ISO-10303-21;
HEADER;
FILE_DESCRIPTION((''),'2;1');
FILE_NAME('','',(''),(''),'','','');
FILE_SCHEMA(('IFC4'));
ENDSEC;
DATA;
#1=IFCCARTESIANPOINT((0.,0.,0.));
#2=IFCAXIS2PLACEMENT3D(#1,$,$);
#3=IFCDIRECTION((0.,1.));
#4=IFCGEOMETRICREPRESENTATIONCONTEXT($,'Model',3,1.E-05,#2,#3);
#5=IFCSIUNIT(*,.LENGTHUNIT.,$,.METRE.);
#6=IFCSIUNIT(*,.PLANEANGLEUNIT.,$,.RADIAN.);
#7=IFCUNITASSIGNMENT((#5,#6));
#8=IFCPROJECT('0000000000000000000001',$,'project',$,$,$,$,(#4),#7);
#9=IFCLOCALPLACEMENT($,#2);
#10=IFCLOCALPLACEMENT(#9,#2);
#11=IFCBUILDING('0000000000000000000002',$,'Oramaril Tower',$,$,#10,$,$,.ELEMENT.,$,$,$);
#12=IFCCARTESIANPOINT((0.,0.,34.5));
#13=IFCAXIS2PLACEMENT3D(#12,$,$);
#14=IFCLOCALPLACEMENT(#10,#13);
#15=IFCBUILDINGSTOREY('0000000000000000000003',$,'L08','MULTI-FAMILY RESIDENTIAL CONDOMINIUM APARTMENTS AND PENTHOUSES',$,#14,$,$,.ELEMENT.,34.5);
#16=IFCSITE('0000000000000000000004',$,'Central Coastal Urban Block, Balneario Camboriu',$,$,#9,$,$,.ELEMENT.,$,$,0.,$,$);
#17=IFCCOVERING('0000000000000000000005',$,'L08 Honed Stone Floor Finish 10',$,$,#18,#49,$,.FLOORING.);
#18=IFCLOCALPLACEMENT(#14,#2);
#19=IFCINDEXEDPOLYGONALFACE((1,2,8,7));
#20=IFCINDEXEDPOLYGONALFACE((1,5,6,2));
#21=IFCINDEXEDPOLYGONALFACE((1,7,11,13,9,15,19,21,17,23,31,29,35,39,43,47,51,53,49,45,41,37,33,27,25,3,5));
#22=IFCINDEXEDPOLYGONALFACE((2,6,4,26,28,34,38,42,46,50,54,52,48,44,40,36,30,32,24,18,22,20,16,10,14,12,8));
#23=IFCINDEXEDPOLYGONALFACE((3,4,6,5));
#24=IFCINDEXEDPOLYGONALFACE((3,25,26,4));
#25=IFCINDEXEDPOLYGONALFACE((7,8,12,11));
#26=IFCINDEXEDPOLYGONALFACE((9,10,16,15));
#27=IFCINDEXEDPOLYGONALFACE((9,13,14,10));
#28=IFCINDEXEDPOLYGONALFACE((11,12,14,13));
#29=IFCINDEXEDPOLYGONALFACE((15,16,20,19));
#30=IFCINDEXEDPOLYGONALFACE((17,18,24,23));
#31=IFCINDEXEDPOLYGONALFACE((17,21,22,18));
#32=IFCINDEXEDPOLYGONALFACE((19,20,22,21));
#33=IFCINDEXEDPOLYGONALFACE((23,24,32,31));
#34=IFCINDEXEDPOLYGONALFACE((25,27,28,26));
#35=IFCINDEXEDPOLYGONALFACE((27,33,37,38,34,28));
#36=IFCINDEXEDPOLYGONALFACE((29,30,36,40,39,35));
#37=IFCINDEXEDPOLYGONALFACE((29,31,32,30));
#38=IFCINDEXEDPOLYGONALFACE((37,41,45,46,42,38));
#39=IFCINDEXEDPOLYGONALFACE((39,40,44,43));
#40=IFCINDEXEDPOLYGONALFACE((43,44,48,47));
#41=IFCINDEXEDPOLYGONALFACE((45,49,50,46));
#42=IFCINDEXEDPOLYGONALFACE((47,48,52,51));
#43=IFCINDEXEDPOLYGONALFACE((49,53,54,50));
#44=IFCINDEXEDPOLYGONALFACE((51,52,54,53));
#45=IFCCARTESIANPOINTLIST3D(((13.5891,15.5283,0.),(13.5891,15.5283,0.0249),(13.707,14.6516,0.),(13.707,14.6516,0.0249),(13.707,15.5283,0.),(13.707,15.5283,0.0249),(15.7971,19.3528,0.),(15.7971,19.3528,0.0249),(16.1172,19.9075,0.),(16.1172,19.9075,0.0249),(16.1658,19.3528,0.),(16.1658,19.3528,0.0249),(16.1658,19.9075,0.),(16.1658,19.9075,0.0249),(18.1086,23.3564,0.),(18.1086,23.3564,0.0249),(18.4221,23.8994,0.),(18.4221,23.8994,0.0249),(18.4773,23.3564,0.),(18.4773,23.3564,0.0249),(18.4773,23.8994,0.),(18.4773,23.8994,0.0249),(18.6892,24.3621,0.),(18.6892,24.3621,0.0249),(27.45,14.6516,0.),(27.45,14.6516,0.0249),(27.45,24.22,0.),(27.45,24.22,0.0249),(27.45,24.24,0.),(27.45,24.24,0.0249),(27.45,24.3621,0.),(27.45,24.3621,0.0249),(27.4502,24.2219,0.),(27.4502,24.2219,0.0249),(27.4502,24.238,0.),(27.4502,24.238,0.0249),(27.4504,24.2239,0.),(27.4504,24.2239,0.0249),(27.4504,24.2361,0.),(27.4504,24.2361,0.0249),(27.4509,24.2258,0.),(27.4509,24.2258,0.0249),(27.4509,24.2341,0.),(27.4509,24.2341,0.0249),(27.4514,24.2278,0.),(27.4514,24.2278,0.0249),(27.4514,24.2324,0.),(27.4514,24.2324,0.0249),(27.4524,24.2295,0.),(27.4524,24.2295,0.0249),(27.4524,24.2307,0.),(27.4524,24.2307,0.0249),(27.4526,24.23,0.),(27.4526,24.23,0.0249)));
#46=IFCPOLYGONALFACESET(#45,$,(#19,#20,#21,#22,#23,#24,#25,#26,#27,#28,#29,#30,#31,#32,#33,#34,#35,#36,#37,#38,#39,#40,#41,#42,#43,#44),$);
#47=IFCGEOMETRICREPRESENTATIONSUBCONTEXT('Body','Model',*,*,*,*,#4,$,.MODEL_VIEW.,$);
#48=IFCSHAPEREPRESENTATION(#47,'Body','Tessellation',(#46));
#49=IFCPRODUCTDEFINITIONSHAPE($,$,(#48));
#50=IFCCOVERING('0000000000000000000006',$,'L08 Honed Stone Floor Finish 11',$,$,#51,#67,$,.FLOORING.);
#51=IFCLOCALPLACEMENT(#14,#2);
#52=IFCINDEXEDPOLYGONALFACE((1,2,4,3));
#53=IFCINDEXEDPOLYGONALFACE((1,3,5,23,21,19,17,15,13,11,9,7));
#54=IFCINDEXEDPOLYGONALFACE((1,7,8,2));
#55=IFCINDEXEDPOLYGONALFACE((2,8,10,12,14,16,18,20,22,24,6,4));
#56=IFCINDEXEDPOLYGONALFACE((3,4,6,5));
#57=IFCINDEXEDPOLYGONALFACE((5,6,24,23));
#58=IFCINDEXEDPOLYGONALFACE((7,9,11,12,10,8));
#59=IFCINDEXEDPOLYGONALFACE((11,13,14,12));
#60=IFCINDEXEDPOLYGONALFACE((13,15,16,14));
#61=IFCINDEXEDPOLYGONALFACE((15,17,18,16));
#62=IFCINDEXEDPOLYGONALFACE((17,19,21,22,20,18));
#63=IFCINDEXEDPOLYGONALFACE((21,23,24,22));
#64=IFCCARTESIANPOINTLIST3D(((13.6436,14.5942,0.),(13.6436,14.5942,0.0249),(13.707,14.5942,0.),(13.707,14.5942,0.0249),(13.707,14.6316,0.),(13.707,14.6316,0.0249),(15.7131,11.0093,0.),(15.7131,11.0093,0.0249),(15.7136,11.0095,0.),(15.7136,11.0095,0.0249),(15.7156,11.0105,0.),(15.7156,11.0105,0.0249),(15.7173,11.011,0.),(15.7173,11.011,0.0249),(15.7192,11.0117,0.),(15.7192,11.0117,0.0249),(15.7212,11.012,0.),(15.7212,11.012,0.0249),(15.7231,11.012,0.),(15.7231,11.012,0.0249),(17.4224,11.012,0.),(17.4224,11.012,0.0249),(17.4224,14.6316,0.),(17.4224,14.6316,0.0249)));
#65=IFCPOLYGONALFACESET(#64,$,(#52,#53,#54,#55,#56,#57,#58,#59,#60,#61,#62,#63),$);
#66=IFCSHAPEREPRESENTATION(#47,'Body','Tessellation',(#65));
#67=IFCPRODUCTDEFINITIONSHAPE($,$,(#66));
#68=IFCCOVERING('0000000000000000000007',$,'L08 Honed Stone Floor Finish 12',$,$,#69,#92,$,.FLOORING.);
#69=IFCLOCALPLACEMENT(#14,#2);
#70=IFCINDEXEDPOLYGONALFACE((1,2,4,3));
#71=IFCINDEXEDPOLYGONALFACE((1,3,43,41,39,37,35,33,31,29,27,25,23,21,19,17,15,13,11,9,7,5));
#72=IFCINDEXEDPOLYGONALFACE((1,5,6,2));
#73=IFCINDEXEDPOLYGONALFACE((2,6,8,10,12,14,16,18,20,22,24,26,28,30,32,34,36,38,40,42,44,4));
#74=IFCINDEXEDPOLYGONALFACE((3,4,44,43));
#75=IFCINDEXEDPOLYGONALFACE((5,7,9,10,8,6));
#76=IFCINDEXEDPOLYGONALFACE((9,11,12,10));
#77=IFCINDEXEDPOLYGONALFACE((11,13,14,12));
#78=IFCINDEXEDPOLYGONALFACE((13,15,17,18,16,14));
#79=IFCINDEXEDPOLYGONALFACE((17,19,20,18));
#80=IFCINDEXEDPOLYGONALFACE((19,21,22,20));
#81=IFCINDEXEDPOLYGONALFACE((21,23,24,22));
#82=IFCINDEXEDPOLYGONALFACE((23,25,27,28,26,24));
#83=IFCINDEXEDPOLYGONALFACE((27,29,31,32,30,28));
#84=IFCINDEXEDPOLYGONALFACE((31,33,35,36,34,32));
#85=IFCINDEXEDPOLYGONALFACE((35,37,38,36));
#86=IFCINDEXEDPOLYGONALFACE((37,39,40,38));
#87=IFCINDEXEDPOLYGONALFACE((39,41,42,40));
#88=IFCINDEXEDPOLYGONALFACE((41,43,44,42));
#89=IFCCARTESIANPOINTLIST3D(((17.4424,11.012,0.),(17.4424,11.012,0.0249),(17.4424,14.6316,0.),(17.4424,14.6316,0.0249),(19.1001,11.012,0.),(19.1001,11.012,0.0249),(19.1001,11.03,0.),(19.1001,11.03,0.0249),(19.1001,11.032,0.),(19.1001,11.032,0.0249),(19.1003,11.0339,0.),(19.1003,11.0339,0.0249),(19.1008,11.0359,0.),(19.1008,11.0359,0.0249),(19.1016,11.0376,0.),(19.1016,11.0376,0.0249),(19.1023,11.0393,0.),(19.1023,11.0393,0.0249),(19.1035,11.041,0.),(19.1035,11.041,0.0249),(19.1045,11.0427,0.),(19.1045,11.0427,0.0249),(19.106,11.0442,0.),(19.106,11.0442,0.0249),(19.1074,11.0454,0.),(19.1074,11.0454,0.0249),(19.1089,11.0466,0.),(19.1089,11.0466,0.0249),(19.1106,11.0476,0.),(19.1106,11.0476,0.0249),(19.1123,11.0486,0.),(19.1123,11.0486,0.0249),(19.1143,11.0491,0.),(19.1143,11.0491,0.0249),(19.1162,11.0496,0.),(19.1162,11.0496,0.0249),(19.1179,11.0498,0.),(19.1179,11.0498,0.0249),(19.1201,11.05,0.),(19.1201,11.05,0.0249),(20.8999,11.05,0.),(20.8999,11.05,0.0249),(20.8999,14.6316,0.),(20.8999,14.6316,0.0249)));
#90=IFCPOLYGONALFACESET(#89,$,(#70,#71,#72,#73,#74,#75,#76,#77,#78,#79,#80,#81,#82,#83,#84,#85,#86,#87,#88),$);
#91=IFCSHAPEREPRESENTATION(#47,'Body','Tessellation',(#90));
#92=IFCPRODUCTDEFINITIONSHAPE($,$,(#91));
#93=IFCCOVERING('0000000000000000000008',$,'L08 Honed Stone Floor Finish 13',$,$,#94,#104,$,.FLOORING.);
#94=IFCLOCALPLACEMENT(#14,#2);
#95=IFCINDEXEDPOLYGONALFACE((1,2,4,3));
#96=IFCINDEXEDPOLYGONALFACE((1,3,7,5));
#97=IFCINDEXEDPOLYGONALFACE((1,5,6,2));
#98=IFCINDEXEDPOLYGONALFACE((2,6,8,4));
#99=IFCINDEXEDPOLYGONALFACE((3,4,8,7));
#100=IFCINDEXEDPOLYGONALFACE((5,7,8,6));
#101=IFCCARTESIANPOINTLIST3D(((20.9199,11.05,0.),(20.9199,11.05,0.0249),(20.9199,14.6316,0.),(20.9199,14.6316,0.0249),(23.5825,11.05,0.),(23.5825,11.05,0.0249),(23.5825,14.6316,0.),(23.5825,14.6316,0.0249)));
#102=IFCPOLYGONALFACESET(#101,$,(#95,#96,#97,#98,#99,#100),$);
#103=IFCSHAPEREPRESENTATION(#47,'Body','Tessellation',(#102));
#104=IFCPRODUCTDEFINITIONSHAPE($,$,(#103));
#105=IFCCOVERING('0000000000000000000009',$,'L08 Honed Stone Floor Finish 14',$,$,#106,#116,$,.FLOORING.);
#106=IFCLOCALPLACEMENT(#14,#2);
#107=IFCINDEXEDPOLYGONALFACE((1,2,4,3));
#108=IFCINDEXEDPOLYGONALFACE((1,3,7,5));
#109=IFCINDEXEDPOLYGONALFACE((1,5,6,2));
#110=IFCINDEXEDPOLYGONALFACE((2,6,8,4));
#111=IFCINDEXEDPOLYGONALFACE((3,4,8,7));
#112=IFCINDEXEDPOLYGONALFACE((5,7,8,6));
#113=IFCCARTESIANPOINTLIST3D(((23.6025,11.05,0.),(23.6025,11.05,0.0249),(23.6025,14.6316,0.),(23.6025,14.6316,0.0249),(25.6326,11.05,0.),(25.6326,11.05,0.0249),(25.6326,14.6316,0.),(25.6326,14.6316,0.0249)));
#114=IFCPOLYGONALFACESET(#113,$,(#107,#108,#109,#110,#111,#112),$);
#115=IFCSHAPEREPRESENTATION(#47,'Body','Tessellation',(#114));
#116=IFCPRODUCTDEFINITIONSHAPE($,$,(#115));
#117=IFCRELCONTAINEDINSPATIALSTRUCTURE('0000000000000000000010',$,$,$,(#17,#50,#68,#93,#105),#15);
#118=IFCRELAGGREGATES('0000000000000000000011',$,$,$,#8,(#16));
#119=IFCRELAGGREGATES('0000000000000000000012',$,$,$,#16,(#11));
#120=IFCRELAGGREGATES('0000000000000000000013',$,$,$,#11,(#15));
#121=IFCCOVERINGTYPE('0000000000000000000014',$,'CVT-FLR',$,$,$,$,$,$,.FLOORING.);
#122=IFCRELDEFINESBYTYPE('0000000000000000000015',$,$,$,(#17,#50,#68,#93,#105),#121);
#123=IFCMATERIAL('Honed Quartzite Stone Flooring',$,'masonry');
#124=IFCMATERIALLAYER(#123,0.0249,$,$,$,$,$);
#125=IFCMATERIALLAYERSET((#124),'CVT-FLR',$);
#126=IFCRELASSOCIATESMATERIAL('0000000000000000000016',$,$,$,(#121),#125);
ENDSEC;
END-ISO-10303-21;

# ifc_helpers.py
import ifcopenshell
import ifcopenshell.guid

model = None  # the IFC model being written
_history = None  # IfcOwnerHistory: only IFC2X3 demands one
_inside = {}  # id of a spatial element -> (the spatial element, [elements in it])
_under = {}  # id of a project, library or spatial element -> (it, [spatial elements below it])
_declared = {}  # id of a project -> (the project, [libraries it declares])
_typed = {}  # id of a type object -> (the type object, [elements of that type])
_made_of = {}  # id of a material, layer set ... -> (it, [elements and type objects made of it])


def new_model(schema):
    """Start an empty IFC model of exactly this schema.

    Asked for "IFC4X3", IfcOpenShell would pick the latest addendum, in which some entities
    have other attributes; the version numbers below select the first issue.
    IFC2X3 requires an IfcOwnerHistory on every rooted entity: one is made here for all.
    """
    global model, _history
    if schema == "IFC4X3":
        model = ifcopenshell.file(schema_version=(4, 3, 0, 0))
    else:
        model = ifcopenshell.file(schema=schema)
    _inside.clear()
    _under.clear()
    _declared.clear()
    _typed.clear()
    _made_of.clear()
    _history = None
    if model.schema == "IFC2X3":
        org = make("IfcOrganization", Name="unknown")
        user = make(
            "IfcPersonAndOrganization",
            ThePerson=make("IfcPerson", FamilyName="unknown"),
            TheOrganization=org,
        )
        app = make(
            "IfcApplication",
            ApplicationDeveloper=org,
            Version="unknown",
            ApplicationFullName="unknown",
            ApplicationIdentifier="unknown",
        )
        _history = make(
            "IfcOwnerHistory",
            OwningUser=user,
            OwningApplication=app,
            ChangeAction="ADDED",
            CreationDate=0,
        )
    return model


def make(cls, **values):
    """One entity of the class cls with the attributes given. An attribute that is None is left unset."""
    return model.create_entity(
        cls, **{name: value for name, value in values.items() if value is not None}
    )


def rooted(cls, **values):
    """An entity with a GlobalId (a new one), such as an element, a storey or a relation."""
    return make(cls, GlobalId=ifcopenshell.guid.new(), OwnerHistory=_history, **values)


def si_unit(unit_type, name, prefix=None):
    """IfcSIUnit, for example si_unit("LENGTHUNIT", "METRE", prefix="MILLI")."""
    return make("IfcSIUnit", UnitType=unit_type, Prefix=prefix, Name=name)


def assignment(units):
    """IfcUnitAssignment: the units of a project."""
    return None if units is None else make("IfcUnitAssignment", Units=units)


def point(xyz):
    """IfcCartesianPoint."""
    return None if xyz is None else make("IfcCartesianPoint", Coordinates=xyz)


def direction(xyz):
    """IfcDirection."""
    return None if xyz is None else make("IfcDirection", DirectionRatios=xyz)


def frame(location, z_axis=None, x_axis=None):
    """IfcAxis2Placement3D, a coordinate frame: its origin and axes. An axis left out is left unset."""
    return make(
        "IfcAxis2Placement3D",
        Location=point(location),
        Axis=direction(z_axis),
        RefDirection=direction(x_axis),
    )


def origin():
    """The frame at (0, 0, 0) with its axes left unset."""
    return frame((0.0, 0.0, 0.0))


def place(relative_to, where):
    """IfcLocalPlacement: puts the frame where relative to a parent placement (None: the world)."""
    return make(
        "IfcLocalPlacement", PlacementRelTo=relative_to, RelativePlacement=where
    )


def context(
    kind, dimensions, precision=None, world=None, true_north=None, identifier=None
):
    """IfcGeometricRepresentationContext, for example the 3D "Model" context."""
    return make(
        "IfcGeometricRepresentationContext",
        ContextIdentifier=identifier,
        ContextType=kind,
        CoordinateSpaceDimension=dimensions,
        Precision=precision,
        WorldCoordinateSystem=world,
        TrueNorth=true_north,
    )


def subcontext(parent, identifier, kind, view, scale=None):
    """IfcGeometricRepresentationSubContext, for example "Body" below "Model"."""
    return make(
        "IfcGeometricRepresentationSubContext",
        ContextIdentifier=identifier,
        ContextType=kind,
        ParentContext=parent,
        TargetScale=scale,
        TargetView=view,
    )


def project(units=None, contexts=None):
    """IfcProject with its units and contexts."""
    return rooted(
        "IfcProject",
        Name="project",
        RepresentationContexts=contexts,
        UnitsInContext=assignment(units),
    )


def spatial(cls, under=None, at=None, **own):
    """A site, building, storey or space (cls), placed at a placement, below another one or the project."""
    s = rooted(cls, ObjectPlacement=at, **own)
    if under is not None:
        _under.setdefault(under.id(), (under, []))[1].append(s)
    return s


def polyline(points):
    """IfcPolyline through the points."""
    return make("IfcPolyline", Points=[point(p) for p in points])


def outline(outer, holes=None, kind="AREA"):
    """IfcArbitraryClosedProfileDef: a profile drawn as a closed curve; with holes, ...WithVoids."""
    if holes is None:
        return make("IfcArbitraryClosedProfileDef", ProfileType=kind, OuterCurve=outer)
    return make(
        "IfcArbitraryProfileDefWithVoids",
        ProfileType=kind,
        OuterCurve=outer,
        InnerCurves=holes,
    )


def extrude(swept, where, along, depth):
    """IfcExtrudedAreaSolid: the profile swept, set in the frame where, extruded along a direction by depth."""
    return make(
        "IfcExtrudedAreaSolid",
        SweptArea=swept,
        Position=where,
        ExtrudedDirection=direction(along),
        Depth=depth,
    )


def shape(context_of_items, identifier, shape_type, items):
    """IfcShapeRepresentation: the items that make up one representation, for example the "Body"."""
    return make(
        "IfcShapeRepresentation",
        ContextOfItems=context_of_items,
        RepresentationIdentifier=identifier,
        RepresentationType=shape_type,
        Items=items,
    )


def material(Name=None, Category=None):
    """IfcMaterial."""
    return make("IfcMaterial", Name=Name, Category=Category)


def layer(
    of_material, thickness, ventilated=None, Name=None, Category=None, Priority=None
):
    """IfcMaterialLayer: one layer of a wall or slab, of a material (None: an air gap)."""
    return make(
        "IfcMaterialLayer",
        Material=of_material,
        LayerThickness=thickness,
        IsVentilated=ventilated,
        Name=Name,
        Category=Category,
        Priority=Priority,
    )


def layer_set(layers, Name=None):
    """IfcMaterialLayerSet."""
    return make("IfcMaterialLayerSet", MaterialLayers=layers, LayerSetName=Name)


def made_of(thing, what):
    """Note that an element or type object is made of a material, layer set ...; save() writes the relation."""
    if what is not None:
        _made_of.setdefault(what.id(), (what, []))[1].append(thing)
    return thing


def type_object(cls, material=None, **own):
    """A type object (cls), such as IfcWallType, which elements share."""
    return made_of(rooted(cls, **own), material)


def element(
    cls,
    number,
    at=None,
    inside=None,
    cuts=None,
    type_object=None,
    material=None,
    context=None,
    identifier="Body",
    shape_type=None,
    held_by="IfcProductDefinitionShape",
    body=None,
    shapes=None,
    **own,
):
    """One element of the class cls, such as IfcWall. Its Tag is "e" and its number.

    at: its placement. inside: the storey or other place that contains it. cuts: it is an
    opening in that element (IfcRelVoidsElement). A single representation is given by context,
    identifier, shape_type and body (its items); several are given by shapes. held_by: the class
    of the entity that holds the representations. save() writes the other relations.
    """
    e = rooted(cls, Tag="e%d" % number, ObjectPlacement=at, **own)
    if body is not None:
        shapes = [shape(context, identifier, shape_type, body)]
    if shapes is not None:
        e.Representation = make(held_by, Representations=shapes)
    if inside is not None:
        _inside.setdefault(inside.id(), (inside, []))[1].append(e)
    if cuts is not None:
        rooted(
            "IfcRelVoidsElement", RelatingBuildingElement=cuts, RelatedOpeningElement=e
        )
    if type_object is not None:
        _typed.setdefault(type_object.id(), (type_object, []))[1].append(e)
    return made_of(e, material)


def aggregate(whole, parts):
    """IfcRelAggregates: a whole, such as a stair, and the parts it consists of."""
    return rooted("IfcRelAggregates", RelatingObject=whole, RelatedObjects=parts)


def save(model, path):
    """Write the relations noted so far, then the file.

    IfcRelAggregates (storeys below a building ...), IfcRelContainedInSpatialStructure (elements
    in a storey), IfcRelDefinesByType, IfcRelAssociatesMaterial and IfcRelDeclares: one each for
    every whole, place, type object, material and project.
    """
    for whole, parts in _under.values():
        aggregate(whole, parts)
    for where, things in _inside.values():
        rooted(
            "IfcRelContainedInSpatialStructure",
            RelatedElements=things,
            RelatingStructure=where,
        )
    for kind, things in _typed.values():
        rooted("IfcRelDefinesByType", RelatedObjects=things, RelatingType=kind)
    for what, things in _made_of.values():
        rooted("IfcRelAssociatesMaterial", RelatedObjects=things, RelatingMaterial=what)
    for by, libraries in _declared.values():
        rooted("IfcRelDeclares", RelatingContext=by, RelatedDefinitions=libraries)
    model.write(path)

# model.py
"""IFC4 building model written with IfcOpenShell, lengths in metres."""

from ifc_helpers import new_model, si_unit, direction, frame, origin, place, context, subcontext, project, spatial, polyline, outline, extrude, material, layer, layer_set, type_object, element, save


model = new_model("IFC4")

# Units and contexts
model_context = context("Model", 3, precision=1e-05, world=origin(), true_north=direction((0.0, 1.0)))
body_context = subcontext(model_context, "Body", "Model", "MODEL_VIEW")
ifc_project = project(units=[si_unit("LENGTHUNIT", "METRE"), si_unit("PLANEANGLEUNIT", "RADIAN")], contexts=[model_context])

# Site, building, storey
site_placement = place(None, origin())
site = spatial("IfcSite", under=ifc_project, at=site_placement, Name="Central Coastal Urban Block, Balneario Camboriu", CompositionType="ELEMENT", RefElevation=0.0)
building_placement = place(site_placement, origin())
building = spatial("IfcBuilding", under=site, at=building_placement, Name="Oramaril Tower", CompositionType="ELEMENT")
storey_placement = place(building_placement, frame((0.0, 0.0, 34.5)))
storey = spatial("IfcBuildingStorey", under=building, at=storey_placement, Name="L08", Description="MULTI-FAMILY RESIDENTIAL CONDOMINIUM APARTMENTS AND PENTHOUSES", CompositionType="ELEMENT", Elevation=34.5)

# Coverings
ifc_material_1 = material(Name="Honed Quartzite Stone Flooring", Category="masonry")
ifc_layer_1 = layer(ifc_material_1, 0.0249)
ifc_layer_set_1 = layer_set([ifc_layer_1], Name="CVT-FLR")
covering_type_1 = type_object("IfcCoveringType", Name="CVT-FLR", PredefinedType="FLOORING", material=ifc_layer_set_1)
covering_1_placement = place(storey_placement, origin())
element("IfcCovering", 1, at=covering_1_placement, inside=storey, type_object=covering_type_1, Name="L08 Honed Stone Floor Finish 10", PredefinedType="FLOORING", context=body_context, shape_type="SweptSolid", body=[
    extrude(outline(polyline([(13.707, 14.6516), (13.707, 15.5283), (13.5891, 15.5283), (15.7971, 19.3528), (16.1658, 19.3528), (16.1658, 19.9075), (16.1172, 19.9075), (18.1086, 23.3564), (18.4773, 23.3564), (18.4773, 23.8994), (18.4221, 23.8994), (18.6892, 24.3621), (27.45, 24.3621), (27.45, 24.24), (27.4502, 24.238), (27.4504, 24.2361), (27.4509, 24.2341), (27.4514, 24.2324), (27.4524, 24.2307), (27.4526, 24.23), (27.4524, 24.2295), (27.4514, 24.2278), (27.4509, 24.2258), (27.4504, 24.2239), (27.4502, 24.2219), (27.45, 24.22), (27.45, 14.6516), (13.707, 14.6516)])), origin(), (0.0, 0.0, 1.0), 0.0249),
])
covering_2_placement = place(storey_placement, origin())
element("IfcCovering", 2, at=covering_2_placement, inside=storey, type_object=covering_type_1, Name="L08 Honed Stone Floor Finish 11", PredefinedType="FLOORING", context=body_context, shape_type="SweptSolid", body=[
    extrude(outline(polyline([(13.707, 14.5942), (13.707, 14.6316), (17.4224, 14.6316), (17.4224, 11.012), (15.7231, 11.012), (15.7212, 11.012), (15.7192, 11.0117), (15.7173, 11.011), (15.7156, 11.0105), (15.7136, 11.0095), (15.7131, 11.0093), (13.6436, 14.5942), (13.707, 14.5942)])), origin(), (0.0, 0.0, 1.0), 0.0249),
])
covering_3_placement = place(storey_placement, origin())
element("IfcCovering", 3, at=covering_3_placement, inside=storey, type_object=covering_type_1, Name="L08 Honed Stone Floor Finish 12", PredefinedType="FLOORING", context=body_context, shape_type="SweptSolid", body=[
    extrude(outline(polyline([(20.8999, 11.05), (19.1201, 11.05), (19.1179, 11.0498), (19.1162, 11.0496), (19.1143, 11.0491), (19.1123, 11.0486), (19.1106, 11.0476), (19.1089, 11.0466), (19.1074, 11.0454), (19.106, 11.0442), (19.1045, 11.0427), (19.1035, 11.041), (19.1023, 11.0393), (19.1016, 11.0376), (19.1008, 11.0359), (19.1003, 11.0339), (19.1001, 11.032), (19.1001, 11.03), (19.1001, 11.012), (17.4424, 11.012), (17.4424, 14.6316), (20.8999, 14.6316), (20.8999, 11.05)])), origin(), (0.0, 0.0, 1.0), 0.0249),
])
covering_4_placement = place(storey_placement, origin())
element("IfcCovering", 4, at=covering_4_placement, inside=storey, type_object=covering_type_1, Name="L08 Honed Stone Floor Finish 13", PredefinedType="FLOORING", context=body_context, shape_type="SweptSolid", body=[
    extrude(outline(polyline([(23.5825, 11.05), (20.9199, 11.05), (20.9199, 14.6316), (23.5825, 14.6316), (23.5825, 11.05)])), origin(), (0.0, 0.0, 1.0), 0.0249),
])
covering_5_placement = place(storey_placement, origin())
element("IfcCovering", 5, at=covering_5_placement, inside=storey, type_object=covering_type_1, Name="L08 Honed Stone Floor Finish 14", PredefinedType="FLOORING", context=body_context, shape_type="SweptSolid", body=[
    extrude(outline(polyline([(25.6326, 11.05), (23.6025, 11.05), (23.6025, 14.6316), (25.6326, 14.6316), (25.6326, 11.05)])), origin(), (0.0, 0.0, 1.0), 0.0249),
])

save(model, "model.ifc")
